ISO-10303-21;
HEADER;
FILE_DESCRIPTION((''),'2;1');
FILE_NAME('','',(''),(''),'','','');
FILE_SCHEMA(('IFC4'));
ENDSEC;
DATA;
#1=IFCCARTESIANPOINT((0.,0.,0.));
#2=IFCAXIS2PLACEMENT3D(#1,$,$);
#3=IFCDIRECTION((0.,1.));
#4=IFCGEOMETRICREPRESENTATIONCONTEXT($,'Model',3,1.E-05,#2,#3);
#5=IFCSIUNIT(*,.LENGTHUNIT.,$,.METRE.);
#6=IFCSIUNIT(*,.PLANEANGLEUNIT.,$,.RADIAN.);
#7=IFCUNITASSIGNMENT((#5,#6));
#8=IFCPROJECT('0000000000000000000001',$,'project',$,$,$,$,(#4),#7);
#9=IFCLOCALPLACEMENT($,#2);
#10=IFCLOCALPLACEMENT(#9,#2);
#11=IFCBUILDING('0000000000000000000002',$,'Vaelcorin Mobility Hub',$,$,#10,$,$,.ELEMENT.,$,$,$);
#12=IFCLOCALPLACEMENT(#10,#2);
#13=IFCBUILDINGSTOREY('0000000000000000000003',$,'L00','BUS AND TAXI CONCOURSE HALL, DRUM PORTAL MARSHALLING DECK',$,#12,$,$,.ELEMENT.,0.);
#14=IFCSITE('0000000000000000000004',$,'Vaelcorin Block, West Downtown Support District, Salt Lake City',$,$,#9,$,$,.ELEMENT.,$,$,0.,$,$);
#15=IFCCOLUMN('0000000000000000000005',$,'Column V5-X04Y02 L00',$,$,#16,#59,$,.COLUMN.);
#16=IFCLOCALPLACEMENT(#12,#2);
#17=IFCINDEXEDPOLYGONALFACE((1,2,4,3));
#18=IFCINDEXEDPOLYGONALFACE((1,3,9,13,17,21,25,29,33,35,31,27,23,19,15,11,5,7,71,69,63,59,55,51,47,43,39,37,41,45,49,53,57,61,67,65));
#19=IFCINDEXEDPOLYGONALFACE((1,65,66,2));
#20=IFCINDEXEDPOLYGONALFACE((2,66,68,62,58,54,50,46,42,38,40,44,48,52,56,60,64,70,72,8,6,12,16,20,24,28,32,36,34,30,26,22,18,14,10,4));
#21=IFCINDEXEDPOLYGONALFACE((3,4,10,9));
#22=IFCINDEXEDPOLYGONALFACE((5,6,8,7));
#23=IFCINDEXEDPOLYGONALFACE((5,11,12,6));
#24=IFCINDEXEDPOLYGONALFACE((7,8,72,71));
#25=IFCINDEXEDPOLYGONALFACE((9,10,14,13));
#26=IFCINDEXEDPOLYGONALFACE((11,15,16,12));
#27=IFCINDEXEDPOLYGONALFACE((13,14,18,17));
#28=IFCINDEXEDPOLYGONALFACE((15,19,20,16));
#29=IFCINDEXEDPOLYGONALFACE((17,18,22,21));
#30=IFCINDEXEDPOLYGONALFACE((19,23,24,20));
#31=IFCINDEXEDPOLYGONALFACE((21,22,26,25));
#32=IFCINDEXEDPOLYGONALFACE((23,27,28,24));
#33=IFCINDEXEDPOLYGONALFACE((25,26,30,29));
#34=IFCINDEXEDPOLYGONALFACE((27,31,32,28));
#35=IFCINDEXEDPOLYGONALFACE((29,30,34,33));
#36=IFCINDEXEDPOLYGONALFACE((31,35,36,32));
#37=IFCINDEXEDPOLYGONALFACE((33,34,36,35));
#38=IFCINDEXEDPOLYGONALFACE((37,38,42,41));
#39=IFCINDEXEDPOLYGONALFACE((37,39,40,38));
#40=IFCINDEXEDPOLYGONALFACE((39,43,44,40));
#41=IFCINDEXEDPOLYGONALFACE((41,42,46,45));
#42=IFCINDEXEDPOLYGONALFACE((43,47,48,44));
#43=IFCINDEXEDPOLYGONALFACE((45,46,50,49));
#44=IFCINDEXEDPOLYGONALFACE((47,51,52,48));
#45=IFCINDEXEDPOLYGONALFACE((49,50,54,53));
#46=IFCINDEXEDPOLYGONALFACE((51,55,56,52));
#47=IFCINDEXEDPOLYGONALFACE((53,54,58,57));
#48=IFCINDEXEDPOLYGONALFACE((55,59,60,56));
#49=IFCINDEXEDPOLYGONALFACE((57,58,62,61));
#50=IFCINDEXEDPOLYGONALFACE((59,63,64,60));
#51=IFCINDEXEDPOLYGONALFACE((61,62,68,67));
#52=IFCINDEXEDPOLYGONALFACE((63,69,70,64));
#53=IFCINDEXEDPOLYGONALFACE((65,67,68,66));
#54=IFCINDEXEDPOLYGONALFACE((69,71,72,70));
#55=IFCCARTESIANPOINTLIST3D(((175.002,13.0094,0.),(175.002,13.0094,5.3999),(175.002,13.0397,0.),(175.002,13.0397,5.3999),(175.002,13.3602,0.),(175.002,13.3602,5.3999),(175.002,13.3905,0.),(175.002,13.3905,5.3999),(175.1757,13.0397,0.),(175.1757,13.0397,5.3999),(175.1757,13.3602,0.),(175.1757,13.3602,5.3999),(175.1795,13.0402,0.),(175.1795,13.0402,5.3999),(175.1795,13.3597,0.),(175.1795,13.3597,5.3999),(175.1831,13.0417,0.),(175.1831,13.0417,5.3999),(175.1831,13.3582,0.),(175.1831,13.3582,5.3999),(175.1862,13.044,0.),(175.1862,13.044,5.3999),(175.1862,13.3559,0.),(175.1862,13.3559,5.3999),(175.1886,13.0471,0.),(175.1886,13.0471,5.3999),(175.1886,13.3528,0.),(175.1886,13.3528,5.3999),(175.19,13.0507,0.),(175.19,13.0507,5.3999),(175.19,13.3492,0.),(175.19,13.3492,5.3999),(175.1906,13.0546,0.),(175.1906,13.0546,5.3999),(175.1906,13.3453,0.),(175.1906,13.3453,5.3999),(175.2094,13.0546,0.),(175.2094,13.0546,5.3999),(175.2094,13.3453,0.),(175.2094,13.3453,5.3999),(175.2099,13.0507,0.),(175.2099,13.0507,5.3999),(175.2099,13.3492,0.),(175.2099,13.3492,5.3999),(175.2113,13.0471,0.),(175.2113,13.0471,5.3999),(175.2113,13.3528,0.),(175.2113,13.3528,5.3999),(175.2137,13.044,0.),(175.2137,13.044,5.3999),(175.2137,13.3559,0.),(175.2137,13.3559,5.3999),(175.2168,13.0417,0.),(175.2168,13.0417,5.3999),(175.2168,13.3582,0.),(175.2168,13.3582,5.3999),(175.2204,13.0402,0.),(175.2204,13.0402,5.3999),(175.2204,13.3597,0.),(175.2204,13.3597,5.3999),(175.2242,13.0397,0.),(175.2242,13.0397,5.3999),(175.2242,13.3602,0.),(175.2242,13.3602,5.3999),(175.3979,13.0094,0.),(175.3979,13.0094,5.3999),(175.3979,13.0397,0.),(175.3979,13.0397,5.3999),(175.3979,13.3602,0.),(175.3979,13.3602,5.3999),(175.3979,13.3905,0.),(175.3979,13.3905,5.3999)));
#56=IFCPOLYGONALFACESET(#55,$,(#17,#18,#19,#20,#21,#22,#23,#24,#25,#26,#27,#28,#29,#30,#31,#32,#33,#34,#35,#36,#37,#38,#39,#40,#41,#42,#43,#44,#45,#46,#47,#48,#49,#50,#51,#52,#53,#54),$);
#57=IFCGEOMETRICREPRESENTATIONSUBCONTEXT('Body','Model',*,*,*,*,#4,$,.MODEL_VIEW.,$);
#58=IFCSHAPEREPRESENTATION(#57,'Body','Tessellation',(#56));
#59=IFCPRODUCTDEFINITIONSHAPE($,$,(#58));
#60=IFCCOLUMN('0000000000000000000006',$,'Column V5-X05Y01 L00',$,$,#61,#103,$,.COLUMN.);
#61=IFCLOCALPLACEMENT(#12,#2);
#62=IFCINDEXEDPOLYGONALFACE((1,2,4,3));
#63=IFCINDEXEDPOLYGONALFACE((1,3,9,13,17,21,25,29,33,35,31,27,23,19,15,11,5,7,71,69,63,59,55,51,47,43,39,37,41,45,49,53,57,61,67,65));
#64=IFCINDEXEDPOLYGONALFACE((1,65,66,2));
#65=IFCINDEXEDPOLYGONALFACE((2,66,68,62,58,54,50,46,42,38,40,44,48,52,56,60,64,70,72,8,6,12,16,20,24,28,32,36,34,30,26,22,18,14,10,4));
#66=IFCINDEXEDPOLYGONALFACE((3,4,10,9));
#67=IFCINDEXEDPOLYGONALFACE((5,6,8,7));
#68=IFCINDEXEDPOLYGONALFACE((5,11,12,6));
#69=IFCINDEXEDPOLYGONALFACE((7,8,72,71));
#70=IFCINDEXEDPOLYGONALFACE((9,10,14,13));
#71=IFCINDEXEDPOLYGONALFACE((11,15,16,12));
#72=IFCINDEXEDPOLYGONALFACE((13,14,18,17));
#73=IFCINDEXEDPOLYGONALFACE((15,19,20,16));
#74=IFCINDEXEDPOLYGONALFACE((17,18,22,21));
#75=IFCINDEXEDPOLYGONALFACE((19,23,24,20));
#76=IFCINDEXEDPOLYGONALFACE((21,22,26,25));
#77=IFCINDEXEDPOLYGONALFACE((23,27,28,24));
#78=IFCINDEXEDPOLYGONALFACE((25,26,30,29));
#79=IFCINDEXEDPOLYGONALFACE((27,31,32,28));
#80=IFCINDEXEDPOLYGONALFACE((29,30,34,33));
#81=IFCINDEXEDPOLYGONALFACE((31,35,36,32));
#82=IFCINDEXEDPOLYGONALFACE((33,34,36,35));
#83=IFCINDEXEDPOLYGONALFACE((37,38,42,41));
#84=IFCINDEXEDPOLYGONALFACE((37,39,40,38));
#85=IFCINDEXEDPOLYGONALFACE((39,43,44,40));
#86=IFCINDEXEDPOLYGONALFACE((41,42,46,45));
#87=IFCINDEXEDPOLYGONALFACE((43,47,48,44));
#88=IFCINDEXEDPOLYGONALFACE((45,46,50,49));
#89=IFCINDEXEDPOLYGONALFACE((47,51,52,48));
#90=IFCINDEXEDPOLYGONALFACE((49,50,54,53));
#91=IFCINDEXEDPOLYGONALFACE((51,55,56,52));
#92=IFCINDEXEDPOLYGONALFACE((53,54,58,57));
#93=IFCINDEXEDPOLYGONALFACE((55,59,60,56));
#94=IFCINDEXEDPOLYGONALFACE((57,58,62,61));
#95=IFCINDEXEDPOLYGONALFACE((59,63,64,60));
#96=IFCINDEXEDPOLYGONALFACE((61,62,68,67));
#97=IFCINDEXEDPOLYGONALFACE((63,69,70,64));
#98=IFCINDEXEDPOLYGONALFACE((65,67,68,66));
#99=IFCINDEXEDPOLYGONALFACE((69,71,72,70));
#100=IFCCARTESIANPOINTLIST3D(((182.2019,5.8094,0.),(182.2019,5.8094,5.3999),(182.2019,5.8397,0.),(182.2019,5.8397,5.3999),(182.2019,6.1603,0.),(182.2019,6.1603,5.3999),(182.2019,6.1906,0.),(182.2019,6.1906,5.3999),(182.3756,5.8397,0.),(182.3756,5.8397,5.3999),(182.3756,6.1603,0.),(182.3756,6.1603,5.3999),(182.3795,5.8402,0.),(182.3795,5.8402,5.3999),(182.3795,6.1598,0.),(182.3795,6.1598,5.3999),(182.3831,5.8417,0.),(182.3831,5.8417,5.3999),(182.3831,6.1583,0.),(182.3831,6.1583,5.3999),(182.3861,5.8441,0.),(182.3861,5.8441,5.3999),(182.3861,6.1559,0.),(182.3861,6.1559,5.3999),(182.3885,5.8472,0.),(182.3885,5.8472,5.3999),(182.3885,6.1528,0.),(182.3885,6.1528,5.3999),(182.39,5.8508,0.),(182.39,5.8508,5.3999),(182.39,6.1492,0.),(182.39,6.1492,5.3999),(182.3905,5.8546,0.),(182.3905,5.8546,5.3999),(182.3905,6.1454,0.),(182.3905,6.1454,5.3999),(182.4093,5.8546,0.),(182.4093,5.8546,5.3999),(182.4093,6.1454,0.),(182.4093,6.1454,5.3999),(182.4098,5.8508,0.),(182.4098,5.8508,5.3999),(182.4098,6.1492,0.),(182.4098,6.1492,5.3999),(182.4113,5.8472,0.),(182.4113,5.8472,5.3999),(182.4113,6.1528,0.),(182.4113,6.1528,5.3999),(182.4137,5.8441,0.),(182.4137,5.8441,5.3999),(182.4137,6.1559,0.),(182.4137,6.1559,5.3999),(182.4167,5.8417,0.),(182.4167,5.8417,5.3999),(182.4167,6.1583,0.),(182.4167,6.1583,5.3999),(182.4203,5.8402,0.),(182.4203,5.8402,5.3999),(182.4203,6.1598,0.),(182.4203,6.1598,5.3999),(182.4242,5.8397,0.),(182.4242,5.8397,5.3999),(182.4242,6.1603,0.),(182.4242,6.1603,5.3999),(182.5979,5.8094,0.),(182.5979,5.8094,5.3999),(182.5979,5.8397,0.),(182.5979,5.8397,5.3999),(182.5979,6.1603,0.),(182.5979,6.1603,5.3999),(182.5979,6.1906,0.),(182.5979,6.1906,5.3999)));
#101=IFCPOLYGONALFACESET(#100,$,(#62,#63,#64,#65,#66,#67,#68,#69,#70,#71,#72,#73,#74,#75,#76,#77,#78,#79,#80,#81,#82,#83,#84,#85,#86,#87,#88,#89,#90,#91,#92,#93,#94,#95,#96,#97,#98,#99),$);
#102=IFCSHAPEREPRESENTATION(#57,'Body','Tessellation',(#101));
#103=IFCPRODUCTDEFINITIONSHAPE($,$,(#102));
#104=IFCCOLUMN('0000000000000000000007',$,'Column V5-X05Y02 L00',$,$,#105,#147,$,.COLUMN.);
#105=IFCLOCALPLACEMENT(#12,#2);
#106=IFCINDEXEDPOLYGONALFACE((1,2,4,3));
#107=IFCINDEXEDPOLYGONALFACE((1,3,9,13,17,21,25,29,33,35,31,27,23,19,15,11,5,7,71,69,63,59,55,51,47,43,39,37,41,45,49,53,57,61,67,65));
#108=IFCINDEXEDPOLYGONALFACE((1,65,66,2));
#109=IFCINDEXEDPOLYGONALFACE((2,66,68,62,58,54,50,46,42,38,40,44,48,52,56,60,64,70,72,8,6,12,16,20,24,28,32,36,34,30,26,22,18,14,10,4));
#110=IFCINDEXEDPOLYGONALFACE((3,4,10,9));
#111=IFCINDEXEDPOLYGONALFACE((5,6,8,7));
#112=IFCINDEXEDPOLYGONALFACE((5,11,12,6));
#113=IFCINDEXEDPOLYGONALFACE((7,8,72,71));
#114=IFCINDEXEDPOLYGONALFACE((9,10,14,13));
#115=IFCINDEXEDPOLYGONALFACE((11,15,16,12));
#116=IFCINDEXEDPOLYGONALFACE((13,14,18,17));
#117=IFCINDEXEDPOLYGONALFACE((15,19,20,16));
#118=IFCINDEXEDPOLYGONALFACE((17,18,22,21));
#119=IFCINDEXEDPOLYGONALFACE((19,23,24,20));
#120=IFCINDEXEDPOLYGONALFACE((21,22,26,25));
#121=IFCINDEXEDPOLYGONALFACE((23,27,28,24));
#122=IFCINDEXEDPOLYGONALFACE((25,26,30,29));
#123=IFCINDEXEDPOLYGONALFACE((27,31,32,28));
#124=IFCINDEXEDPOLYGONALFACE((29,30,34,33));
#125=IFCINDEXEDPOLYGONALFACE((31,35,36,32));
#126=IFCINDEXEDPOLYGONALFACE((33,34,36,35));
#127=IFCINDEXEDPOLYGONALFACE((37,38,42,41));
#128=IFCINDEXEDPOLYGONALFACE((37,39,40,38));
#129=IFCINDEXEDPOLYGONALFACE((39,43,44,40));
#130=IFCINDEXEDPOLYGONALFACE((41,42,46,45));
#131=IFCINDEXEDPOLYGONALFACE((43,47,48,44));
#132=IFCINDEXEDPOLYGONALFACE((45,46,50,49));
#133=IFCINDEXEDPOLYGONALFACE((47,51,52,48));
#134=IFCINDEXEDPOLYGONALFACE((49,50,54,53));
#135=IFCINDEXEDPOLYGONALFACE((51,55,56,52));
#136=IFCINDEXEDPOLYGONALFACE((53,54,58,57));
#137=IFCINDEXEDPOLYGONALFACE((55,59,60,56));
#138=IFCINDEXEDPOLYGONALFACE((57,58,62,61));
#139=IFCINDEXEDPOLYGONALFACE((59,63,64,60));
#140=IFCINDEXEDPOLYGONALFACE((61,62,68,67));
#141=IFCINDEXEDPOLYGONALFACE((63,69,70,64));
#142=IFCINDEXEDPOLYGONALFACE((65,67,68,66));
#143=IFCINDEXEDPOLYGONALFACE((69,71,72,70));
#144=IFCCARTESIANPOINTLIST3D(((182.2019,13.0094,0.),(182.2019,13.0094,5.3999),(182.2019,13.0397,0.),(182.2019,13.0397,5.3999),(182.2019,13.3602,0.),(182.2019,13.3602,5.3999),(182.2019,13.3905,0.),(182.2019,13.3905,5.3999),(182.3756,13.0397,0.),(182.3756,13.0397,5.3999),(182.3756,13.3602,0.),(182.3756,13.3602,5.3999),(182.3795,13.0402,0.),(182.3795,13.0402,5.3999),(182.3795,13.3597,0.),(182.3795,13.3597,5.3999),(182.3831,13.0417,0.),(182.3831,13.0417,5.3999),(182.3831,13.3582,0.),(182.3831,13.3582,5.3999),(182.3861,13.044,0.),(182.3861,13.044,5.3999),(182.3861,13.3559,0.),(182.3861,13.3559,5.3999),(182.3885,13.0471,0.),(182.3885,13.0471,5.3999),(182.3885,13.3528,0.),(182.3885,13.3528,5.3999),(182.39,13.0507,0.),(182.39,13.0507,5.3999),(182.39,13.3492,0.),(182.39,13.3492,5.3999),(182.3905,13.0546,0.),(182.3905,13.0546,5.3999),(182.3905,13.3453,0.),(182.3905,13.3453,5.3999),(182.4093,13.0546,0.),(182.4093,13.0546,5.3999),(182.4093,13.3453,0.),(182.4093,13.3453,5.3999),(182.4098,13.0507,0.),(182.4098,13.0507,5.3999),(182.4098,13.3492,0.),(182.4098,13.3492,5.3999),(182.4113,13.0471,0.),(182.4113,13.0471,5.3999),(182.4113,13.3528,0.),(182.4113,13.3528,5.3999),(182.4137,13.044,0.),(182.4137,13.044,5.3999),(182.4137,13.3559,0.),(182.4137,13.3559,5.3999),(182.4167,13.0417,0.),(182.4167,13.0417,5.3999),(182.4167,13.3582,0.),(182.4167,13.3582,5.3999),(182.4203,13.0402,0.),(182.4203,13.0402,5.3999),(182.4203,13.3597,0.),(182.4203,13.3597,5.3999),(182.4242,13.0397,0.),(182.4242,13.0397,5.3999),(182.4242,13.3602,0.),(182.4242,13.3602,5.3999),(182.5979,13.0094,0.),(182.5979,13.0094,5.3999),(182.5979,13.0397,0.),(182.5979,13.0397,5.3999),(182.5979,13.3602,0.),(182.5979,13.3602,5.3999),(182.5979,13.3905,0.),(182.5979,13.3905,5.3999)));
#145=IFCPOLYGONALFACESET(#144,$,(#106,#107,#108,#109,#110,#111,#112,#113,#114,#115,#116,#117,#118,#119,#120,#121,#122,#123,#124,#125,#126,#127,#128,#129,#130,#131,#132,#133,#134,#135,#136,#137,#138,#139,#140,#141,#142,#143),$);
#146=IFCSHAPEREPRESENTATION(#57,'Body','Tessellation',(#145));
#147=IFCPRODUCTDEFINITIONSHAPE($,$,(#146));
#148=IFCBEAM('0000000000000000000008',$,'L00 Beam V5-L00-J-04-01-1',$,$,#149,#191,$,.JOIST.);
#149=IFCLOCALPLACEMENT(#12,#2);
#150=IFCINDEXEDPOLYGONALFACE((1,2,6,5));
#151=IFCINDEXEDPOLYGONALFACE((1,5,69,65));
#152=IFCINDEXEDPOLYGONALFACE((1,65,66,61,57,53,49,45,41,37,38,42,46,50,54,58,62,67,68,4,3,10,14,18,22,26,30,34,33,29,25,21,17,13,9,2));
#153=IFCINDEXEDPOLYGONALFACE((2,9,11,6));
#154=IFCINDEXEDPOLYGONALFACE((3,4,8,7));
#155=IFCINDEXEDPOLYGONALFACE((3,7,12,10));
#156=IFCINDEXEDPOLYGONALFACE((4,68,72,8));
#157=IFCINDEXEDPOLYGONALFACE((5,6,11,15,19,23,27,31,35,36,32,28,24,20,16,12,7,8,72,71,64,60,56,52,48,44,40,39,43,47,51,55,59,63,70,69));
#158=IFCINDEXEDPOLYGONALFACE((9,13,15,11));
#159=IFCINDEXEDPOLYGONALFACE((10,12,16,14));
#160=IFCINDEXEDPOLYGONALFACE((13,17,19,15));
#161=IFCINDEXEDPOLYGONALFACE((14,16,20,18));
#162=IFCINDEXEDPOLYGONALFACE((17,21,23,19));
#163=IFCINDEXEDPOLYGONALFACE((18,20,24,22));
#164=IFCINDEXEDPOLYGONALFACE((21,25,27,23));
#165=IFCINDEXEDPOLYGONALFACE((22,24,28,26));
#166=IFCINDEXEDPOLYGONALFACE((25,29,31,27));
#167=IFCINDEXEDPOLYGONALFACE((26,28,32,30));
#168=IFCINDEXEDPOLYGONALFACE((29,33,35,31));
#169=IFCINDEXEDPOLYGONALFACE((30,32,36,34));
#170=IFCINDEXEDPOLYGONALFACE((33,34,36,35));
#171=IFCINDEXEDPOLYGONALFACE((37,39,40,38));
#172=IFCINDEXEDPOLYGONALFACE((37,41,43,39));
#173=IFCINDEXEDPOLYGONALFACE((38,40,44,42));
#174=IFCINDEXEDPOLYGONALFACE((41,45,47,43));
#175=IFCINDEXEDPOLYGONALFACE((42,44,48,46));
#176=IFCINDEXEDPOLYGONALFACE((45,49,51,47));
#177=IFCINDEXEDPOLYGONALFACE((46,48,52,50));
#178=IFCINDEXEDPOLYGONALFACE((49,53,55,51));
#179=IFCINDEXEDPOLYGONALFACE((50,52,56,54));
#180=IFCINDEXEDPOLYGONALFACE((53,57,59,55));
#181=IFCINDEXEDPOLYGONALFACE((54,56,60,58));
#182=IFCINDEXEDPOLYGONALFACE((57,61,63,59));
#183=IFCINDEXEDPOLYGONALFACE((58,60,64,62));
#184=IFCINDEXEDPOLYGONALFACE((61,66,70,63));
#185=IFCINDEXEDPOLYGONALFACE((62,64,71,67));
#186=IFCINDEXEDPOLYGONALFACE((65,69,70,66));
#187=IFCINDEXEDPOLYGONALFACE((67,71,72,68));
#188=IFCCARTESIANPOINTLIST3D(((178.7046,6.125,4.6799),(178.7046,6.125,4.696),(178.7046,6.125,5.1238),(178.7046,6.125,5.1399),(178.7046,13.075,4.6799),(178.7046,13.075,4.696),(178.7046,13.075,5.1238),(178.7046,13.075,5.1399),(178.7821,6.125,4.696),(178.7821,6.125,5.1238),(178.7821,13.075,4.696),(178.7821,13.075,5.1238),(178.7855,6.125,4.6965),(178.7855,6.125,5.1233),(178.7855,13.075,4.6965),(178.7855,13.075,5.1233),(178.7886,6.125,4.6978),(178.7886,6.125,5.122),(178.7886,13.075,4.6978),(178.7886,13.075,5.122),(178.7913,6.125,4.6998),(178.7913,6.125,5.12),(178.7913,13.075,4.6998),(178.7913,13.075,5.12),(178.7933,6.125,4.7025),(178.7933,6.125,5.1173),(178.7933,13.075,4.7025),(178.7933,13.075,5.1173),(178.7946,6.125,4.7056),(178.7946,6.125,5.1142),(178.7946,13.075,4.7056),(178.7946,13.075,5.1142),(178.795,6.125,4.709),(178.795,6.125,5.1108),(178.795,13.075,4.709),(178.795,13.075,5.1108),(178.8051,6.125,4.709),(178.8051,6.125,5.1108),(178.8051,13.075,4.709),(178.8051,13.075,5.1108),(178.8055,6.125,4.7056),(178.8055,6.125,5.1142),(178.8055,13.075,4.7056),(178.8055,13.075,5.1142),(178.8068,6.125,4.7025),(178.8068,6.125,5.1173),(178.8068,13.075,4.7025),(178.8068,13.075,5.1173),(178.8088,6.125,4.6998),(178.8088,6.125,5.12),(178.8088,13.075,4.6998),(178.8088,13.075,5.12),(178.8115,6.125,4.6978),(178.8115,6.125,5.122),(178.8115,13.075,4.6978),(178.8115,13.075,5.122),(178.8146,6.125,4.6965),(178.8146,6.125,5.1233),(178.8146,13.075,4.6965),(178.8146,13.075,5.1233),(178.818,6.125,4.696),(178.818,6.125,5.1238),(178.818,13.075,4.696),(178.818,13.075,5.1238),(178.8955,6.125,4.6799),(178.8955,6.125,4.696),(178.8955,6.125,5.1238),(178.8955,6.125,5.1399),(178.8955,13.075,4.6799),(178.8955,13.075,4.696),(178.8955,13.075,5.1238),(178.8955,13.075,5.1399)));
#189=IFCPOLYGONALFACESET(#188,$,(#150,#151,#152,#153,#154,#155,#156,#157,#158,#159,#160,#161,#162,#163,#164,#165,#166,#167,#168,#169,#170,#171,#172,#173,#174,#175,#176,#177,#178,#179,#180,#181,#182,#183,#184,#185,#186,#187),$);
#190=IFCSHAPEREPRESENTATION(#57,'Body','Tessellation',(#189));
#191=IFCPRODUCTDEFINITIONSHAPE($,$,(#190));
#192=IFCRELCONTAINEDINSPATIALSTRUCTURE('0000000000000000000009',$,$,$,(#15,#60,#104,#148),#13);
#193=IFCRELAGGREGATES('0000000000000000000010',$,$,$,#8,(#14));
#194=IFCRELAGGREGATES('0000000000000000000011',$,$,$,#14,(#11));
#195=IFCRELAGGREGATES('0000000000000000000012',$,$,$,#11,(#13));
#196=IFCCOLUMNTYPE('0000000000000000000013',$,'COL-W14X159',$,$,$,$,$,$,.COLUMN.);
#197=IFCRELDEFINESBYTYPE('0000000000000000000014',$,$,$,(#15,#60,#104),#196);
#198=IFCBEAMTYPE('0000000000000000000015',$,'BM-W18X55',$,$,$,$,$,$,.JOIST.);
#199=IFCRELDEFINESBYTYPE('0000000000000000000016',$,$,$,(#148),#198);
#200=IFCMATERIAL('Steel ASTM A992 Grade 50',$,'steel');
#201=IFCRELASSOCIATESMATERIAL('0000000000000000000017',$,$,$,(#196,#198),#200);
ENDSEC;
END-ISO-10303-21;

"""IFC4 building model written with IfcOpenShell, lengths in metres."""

from ifc_helpers import new_model, si_unit, direction, frame, origin, origin_2d, place, context, subcontext, project, spatial, i_section, extrude, material, material_profile, profile_set, type_object, element, save


model = new_model("IFC4")

# Units and contexts
model_context = context("Model", 3, precision=1e-05, world=origin(), true_north=direction((0.0, 1.0)))
body_context = subcontext(model_context, "Body", "Model", "MODEL_VIEW")
ifc_project = project(units=[si_unit("LENGTHUNIT", "METRE"), si_unit("PLANEANGLEUNIT", "RADIAN")], contexts=[model_context])

# Site, building, storey
site_placement = place(None, origin())
site = spatial("IfcSite", under=ifc_project, at=site_placement, Name="Vaelcorin Block, West Downtown Support District, Salt Lake City", CompositionType="ELEMENT", RefElevation=0.0)
building_placement = place(site_placement, origin())
building = spatial("IfcBuilding", under=site, at=building_placement, Name="Vaelcorin Mobility Hub", CompositionType="ELEMENT")
storey_placement = place(building_placement, origin())
storey = spatial("IfcBuildingStorey", under=building, at=storey_placement, Name="L00", Description="BUS AND TAXI CONCOURSE HALL, DRUM PORTAL MARSHALLING DECK", CompositionType="ELEMENT", Elevation=0.0)

# Columns
ifc_material_1 = material(Name="Steel ASTM A992 Grade 50", Category="steel")
ifc_material_profile_1 = material_profile(ifc_material_1, i_section(OverallWidth=0.396, OverallDepth=0.3811, WebThickness=0.0188, FlangeThickness=0.0303, FilletRadius=0.0149, at=origin_2d()), Name="W14X159")
ifc_profile_set_1 = profile_set([ifc_material_profile_1], Name="Steel ASTM A992 Grade 50")
column_type = type_object("IfcColumnType", Name="COL-W14X159", PredefinedType="COLUMN", material=ifc_profile_set_1)
for number, where, z_axis, x_axis, name in (
    (1, (175.2, 13.2, 0.0), (0.0, 0.0, 1.0), (1.0, 0.0, 0.0), "Column V5-X04Y02 L00"),
    (2, (182.3999, 6.0, 0.0), (0.0, 0.0, 1.0), (1.0, 0.0, 0.0), "Column V5-X05Y01 L00"),
    (3, (182.3999, 13.2, 0.0), (0.0, 0.0, 1.0), (1.0, 0.0, 0.0), "Column V5-X05Y02 L00"),
):
    element("IfcColumn", number, at=place(storey_placement, frame(where, z_axis=z_axis, x_axis=x_axis)), inside=storey, type_object=column_type, Name=name, PredefinedType="COLUMN", context=body_context, shape_type="SweptSolid", body=[
        extrude(i_section(OverallWidth=0.396, OverallDepth=0.3811, WebThickness=0.0188, FlangeThickness=0.0303, FilletRadius=0.0149, at=origin_2d()), origin(), (0.0, 0.0, 1.0), 5.3999),
    ])

# Beam
ifc_material_profile_2 = material_profile(ifc_material_1, i_section(OverallWidth=0.1909, OverallDepth=0.46, WebThickness=0.01, FlangeThickness=0.0161, FilletRadius=0.0129, at=origin_2d()), Name="W18X55")
ifc_profile_set_2 = profile_set([ifc_material_profile_2], Name="Steel ASTM A992 Grade 50")
beam_type_1 = type_object("IfcBeamType", Name="BM-W18X55", PredefinedType="JOIST", material=ifc_profile_set_2)
for number, where, z_axis, x_axis, name in (
    (4, (178.8, 6.125, 4.9099), (0.0, 1.0, 0.0), (-1.0, 0.0, 0.0), "L00 Beam V5-L00-J-04-01-1"),
):
    element("IfcBeam", number, at=place(storey_placement, frame(where, z_axis=z_axis, x_axis=x_axis)), inside=storey, type_object=beam_type_1, Name=name, PredefinedType="JOIST", context=body_context, shape_type="SweptSolid", body=[
        extrude(i_section(OverallWidth=0.1909, OverallDepth=0.46, WebThickness=0.01, FlangeThickness=0.0161, FilletRadius=0.0129, at=origin_2d()), origin(), (0.0, 0.0, 1.0), 6.95),
    ])

save(model, "model.ifc")
